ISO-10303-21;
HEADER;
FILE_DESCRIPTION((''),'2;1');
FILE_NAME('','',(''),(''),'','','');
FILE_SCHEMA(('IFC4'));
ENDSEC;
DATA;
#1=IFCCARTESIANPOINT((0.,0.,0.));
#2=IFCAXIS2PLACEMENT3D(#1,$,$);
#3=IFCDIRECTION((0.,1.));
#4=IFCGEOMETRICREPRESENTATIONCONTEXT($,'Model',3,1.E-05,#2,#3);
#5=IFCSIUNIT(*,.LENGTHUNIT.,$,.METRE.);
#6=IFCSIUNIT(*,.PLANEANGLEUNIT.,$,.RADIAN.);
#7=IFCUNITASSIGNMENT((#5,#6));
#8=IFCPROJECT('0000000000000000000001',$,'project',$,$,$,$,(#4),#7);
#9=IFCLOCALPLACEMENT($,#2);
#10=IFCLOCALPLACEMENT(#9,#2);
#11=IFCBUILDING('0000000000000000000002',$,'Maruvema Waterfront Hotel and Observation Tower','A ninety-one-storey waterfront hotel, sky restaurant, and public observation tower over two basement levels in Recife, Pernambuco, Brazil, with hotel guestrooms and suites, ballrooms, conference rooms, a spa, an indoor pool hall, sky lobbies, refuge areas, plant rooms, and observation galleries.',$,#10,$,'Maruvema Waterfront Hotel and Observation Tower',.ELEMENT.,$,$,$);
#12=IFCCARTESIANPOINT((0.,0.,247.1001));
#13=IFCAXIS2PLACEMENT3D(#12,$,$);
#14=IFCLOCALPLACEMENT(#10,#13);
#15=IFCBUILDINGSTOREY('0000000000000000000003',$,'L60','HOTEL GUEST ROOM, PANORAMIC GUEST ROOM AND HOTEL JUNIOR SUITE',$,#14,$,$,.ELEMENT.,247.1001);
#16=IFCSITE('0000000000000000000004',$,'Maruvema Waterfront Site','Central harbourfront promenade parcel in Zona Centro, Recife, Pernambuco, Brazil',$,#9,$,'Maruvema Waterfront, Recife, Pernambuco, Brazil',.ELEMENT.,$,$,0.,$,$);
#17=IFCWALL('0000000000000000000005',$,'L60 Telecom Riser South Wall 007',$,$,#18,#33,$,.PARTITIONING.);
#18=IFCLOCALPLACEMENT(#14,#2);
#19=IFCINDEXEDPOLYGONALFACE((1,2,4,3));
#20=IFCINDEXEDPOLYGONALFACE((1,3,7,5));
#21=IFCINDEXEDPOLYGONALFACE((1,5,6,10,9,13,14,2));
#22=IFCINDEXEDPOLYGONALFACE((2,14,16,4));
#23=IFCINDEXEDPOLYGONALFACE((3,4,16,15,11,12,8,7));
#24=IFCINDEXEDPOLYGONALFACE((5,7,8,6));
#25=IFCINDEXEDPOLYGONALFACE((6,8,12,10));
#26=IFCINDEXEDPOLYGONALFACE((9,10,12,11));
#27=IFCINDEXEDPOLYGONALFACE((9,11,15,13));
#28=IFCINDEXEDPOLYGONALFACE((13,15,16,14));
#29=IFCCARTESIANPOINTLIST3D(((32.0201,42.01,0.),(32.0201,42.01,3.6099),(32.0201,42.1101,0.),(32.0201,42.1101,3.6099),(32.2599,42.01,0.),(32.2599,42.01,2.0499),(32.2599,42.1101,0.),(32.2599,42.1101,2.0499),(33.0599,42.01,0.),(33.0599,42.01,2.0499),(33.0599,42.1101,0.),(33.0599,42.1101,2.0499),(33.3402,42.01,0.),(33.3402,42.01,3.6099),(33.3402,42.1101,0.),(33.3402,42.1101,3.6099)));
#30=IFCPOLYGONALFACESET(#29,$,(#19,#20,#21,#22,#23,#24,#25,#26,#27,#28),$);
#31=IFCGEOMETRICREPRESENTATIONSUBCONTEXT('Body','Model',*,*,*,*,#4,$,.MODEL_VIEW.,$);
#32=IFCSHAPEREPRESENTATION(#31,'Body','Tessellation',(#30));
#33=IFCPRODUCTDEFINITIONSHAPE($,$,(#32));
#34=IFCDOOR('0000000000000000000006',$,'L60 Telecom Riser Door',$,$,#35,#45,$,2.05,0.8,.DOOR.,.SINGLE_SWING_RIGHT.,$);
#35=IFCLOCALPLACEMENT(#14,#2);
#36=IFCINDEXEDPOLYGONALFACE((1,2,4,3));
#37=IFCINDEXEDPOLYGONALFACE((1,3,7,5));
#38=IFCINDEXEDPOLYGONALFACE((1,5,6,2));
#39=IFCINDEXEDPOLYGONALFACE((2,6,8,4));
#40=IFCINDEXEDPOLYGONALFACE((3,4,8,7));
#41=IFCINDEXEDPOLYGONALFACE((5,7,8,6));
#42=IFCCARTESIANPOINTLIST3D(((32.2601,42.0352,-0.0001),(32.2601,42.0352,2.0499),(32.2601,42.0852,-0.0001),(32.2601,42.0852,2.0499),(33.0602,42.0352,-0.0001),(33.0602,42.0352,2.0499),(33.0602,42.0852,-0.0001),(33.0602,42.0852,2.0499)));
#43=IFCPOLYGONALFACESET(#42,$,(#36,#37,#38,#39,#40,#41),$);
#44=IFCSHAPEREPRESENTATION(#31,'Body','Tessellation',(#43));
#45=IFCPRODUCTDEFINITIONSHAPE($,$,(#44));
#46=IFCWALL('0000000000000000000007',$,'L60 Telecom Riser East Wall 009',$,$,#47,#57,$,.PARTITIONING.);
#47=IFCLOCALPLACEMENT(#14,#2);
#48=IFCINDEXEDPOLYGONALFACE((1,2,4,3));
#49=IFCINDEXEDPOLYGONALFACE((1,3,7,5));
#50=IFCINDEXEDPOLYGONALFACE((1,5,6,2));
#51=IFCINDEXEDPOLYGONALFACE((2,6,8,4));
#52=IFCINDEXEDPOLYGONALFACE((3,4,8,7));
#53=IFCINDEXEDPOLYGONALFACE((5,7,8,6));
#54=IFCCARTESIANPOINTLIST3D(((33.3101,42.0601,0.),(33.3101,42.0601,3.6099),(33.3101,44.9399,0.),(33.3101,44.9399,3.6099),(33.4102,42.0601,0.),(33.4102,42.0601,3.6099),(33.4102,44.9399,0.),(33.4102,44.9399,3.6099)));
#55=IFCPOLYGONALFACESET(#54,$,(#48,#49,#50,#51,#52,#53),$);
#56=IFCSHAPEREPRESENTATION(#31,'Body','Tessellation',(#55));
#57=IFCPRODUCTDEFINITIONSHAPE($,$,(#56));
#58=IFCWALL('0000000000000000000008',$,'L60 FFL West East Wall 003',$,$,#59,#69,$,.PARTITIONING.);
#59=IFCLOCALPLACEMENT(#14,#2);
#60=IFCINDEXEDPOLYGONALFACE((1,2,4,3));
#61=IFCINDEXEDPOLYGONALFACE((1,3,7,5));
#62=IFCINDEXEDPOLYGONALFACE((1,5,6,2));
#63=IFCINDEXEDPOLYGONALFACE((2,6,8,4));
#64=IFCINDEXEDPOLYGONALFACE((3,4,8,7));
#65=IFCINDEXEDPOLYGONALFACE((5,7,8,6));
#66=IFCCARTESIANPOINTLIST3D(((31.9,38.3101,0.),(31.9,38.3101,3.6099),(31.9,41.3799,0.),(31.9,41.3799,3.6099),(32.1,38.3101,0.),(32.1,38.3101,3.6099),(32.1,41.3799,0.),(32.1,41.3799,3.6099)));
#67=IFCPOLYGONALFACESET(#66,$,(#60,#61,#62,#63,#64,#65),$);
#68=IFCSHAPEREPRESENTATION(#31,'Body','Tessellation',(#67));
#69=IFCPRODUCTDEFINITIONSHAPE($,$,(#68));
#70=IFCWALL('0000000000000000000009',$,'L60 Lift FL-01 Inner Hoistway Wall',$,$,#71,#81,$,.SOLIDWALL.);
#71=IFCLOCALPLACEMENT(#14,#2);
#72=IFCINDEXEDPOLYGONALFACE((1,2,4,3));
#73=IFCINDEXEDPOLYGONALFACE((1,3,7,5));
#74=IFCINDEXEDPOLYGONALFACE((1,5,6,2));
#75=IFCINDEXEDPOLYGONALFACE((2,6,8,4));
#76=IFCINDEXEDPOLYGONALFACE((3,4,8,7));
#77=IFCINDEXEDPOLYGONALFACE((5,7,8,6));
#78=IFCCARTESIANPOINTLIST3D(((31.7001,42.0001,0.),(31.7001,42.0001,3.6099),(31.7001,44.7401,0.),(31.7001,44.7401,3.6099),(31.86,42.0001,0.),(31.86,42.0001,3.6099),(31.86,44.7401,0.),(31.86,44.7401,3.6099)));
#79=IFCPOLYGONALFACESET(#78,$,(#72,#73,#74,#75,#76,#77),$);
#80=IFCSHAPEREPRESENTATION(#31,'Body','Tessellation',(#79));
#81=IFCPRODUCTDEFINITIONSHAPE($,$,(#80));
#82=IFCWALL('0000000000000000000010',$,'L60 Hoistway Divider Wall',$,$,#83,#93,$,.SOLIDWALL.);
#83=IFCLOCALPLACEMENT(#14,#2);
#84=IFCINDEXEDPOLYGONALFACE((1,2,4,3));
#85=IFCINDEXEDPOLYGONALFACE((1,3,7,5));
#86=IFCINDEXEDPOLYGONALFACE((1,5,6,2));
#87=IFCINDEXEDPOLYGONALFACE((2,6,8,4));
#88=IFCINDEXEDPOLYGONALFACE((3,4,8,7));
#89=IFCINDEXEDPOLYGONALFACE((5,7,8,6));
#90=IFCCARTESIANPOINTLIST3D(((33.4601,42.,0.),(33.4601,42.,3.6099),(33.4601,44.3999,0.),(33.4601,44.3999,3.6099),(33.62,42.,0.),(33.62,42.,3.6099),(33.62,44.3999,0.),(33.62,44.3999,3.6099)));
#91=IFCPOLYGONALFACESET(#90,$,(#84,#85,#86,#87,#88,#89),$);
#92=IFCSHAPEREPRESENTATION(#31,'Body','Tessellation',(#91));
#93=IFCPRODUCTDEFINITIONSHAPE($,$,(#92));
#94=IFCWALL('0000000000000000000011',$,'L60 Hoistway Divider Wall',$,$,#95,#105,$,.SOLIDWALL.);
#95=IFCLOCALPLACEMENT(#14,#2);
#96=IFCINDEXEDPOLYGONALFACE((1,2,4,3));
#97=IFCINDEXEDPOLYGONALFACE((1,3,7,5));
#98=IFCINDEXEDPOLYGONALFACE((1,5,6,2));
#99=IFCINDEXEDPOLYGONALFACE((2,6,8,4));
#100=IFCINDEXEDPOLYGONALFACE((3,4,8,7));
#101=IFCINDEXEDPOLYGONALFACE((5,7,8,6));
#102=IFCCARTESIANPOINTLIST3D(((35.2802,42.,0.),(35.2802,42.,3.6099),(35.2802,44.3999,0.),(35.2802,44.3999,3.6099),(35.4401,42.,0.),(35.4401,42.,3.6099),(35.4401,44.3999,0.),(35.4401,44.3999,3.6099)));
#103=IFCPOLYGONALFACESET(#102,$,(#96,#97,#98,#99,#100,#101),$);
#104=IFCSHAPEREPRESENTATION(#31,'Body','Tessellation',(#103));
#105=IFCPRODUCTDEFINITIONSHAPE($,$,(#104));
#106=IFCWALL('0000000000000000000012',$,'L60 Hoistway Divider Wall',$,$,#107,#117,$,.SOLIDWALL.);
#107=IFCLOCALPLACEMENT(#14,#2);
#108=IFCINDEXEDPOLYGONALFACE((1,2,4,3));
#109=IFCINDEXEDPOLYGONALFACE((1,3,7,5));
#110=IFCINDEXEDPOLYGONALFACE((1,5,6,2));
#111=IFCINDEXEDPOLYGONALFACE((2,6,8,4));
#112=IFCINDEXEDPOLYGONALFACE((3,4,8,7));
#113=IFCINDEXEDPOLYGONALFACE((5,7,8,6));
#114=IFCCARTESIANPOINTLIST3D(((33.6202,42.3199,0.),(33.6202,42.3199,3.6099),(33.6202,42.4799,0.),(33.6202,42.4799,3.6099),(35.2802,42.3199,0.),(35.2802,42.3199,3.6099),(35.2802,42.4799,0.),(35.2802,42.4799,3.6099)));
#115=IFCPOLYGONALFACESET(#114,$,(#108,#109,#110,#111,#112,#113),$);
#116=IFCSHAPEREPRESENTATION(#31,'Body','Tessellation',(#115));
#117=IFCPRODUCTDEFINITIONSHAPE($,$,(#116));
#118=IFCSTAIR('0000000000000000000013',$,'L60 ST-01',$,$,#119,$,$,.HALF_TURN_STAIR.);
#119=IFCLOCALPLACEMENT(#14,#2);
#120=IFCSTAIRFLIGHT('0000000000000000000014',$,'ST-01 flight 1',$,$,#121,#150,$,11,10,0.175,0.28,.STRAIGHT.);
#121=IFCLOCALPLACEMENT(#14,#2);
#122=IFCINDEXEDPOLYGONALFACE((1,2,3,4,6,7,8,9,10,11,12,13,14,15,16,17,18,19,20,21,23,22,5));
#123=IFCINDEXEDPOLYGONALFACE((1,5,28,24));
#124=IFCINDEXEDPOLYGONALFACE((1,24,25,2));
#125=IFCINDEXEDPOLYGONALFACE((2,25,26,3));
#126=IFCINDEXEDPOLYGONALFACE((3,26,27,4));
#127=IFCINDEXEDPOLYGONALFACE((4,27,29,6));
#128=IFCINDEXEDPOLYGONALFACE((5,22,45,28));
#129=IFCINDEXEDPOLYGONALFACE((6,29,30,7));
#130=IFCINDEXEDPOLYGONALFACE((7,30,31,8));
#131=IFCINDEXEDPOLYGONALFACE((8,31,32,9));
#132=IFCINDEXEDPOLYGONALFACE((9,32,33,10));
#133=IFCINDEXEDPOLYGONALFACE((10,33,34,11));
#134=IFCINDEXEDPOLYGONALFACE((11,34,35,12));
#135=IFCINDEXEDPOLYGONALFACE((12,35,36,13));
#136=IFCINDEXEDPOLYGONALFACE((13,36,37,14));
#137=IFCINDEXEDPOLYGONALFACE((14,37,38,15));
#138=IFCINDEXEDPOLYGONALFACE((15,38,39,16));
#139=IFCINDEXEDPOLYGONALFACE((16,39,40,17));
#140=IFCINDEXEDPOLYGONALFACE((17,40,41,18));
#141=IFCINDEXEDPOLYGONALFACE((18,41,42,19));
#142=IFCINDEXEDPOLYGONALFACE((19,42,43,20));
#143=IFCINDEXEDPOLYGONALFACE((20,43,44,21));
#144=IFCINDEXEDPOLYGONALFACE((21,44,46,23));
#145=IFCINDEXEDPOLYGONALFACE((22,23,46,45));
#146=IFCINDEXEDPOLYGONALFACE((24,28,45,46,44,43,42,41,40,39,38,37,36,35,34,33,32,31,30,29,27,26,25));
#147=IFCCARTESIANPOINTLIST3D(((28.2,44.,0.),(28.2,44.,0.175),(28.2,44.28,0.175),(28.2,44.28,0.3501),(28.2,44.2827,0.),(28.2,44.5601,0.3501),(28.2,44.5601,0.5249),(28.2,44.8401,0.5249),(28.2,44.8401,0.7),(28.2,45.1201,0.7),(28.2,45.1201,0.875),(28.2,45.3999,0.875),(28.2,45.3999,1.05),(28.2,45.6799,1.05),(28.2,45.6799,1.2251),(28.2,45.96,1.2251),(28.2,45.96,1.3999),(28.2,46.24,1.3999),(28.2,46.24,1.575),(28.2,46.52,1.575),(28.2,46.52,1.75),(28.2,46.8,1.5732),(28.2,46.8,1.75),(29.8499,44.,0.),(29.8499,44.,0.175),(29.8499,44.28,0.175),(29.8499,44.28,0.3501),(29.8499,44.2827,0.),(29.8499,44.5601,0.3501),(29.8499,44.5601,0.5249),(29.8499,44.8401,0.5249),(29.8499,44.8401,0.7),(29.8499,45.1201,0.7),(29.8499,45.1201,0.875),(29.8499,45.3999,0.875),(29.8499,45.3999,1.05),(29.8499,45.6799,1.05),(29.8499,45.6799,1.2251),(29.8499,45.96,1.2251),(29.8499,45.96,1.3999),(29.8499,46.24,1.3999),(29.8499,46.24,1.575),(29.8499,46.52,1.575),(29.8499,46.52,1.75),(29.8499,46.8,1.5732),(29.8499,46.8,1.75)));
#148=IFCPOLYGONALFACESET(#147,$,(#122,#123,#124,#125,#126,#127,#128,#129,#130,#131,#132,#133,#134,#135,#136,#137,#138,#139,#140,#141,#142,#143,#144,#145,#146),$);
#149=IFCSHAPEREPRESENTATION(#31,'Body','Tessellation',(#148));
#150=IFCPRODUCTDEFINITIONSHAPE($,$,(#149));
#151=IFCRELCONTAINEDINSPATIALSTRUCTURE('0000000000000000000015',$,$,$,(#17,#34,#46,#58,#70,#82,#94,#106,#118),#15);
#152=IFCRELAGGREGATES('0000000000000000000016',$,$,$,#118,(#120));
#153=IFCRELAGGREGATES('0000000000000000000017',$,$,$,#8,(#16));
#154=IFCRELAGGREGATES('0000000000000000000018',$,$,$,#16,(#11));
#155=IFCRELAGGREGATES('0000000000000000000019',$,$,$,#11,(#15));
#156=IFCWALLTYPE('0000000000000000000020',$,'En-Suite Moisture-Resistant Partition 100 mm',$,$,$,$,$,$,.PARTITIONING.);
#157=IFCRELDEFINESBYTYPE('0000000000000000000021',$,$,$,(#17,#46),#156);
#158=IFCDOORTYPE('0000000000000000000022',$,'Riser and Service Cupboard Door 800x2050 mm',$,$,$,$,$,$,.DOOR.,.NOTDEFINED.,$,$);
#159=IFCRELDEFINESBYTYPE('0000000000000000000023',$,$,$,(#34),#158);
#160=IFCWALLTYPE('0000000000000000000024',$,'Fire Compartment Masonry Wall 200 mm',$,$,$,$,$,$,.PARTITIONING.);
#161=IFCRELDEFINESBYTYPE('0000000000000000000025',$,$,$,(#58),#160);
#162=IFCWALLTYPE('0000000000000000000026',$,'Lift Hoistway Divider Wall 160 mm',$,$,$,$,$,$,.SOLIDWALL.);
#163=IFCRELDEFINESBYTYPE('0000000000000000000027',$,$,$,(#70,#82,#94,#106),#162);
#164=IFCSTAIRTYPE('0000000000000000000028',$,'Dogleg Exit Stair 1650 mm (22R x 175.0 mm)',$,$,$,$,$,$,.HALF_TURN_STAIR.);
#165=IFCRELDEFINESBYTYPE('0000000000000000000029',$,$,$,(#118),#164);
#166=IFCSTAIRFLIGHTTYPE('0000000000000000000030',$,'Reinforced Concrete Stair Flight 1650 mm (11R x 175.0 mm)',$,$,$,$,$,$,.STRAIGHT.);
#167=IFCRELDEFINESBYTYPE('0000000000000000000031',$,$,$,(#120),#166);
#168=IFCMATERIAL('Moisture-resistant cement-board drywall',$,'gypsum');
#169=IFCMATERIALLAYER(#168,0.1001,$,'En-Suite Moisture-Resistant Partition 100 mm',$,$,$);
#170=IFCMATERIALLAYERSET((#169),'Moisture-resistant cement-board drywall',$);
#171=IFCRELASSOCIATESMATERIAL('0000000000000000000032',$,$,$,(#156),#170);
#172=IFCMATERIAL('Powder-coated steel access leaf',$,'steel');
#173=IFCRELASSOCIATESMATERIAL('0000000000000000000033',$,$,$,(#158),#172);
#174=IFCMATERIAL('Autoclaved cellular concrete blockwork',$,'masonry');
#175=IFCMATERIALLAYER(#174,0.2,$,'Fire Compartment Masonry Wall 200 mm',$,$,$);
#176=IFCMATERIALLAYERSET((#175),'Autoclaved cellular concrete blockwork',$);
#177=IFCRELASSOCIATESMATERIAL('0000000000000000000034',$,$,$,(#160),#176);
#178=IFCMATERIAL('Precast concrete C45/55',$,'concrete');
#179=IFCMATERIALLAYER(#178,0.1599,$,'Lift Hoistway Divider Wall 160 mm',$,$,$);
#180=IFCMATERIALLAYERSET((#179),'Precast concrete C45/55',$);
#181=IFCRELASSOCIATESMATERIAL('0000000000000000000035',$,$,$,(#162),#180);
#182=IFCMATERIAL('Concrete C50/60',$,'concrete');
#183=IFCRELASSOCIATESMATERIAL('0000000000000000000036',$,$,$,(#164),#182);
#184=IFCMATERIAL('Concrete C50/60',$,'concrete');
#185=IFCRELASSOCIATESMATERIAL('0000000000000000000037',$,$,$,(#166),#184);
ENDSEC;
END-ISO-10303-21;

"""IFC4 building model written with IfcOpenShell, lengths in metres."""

from ifc_helpers import new_model, si_unit, direction, frame, frame_2d, origin, place, context, subcontext, project, spatial, polyline, rectangle, outline, extrude, material, layer, layer_set, type_object, element, fill, aggregate, save


model = new_model("IFC4")

# Units and contexts
model_context = context("Model", 3, precision=1e-05, world=origin(), true_north=direction((0.0, 1.0)))
body_context = subcontext(model_context, "Body", "Model", "MODEL_VIEW")
ifc_project = project(units=[si_unit("LENGTHUNIT", "METRE"), si_unit("PLANEANGLEUNIT", "RADIAN")], contexts=[model_context])

# Site, building, storey
site_placement = place(None, origin())
site = spatial("IfcSite", under=ifc_project, at=site_placement, Name="Maruvema Waterfront Site", Description="Central harbourfront promenade parcel in Zona Centro, Recife, Pernambuco, Brazil", LongName="Maruvema Waterfront, Recife, Pernambuco, Brazil", CompositionType="ELEMENT", RefElevation=0.0)
building_placement = place(site_placement, origin())
building = spatial("IfcBuilding", under=site, at=building_placement, Name="Maruvema Waterfront Hotel and Observation Tower", Description="A ninety-one-storey waterfront hotel, sky restaurant, and public observation tower over two basement levels in Recife, Pernambuco, Brazil, with hotel guestrooms and suites, ballrooms, conference rooms, a spa, an indoor pool hall, sky lobbies, refuge areas, plant rooms, and observation galleries.", LongName="Maruvema Waterfront Hotel and Observation Tower", CompositionType="ELEMENT")
storey_placement = place(building_placement, frame((0.0, 0.0, 247.1001)))
storey = spatial("IfcBuildingStorey", under=building, at=storey_placement, Name="L60", Description="HOTEL GUEST ROOM, PANORAMIC GUEST ROOM AND HOTEL JUNIOR SUITE", CompositionType="ELEMENT", Elevation=247.1001)

# Wall, opening, door
ifc_material_1 = material(Name="Moisture-resistant cement-board drywall", Category="gypsum")
ifc_layer_1 = layer(ifc_material_1, 0.1001, Name="En-Suite Moisture-Resistant Partition 100 mm")
ifc_layer_set_1 = layer_set([ifc_layer_1], Name="Moisture-resistant cement-board drywall")
wall_type_1 = type_object("IfcWallType", Name="En-Suite Moisture-Resistant Partition 100 mm", PredefinedType="PARTITIONING", material=ifc_layer_set_1)
wall_1_placement = place(storey_placement, frame((32.02, 42.0601, 0.0), z_axis=(0.0, 0.0, 1.0), x_axis=(1.0, 0.0, 0.0)))
wall_1 = element("IfcWall", 1, at=wall_1_placement, inside=storey, type_object=wall_type_1, Name="L60 Telecom Riser South Wall 007", PredefinedType="PARTITIONING", context=body_context, shape_type="SweptSolid", body=[
    extrude(rectangle(XDim=1.3201, YDim=0.1001, at=frame_2d((0.6602, 0.0))), origin(), (0.0, 0.0, 1.0), 3.6099),
])
opening_1_placement = place(wall_1_placement, frame((0.24, 0.0, 0.0)))
opening_1 = element("IfcOpeningElement", 2, at=opening_1_placement, cuts=wall_1, PredefinedType="OPENING", context=body_context, shape_type="SweptSolid", body=[
    extrude(rectangle(XDim=0.8, YDim=2.05, at=frame_2d((0.3999, 1.0249))), frame((0.0, 0.0601, 0.0), z_axis=(0.0, -1.0, 0.0), x_axis=(1.0, 0.0, 0.0)), (0.0, 0.0, 1.0), 0.1201),
])
ifc_material_2 = material(Name="Powder-coated steel access leaf", Category="steel")
door_type_1 = type_object("IfcDoorType", Name="Riser and Service Cupboard Door 800x2050 mm", OperationType="NOTDEFINED", PredefinedType="DOOR", material=ifc_material_2)
door_1_placement = place(opening_1_placement, frame((0.8, 0.0, 0.0), z_axis=(0.0, 0.0, 1.0), x_axis=(-1.0, 0.0, 0.0)))
door_1 = element("IfcDoor", 3, at=door_1_placement, inside=storey, type_object=door_type_1, Name="L60 Telecom Riser Door", OperationType="SINGLE_SWING_RIGHT", OverallHeight=2.05, OverallWidth=0.8, PredefinedType="DOOR", context=body_context, shape_type="SweptSolid", body=[
    extrude(rectangle(XDim=0.8, YDim=2.05, at=frame_2d((0.3999, 1.0249))), frame((0.0, 0.0249, 0.0), z_axis=(0.0, -1.0, 0.0), x_axis=(1.0, 0.0, 0.0)), (0.0, 0.0, 1.0), 0.05),
])
fill(opening_1, door_1)

# Walls
wall_2_placement = place(storey_placement, frame((33.3601, 42.0601, 0.0), z_axis=(0.0, 0.0, 1.0), x_axis=(0.0, 1.0, 0.0)))
element("IfcWall", 4, at=wall_2_placement, inside=storey, type_object=wall_type_1, Name="L60 Telecom Riser East Wall 009", PredefinedType="PARTITIONING", context=body_context, shape_type="SweptSolid", body=[
    extrude(rectangle(XDim=2.8799, YDim=0.1001, at=frame_2d((1.4399, 0.0))), origin(), (0.0, 0.0, 1.0), 3.6099),
])
ifc_material_3 = material(Name="Autoclaved cellular concrete blockwork", Category="masonry")
ifc_layer_2 = layer(ifc_material_3, 0.2, Name="Fire Compartment Masonry Wall 200 mm")
ifc_layer_set_2 = layer_set([ifc_layer_2], Name="Autoclaved cellular concrete blockwork")
wall_type_2 = type_object("IfcWallType", Name="Fire Compartment Masonry Wall 200 mm", PredefinedType="PARTITIONING", material=ifc_layer_set_2)
wall_3_placement = place(storey_placement, frame((32.0, 38.3101, 0.0), z_axis=(0.0, 0.0, 1.0), x_axis=(0.0, 1.0, 0.0)))
element("IfcWall", 5, at=wall_3_placement, inside=storey, type_object=wall_type_2, Name="L60 FFL West East Wall 003", PredefinedType="PARTITIONING", context=body_context, shape_type="SweptSolid", body=[
    extrude(rectangle(XDim=3.0698, YDim=0.2, at=frame_2d((1.5349, 0.0))), origin(), (0.0, 0.0, 1.0), 3.6099),
])
ifc_material_4 = material(Name="Precast concrete C45/55", Category="concrete")
ifc_layer_3 = layer(ifc_material_4, 0.1599, Name="Lift Hoistway Divider Wall 160 mm")
ifc_layer_set_3 = layer_set([ifc_layer_3], Name="Precast concrete C45/55")
wall_type_3 = type_object("IfcWallType", Name="Lift Hoistway Divider Wall 160 mm", PredefinedType="SOLIDWALL", material=ifc_layer_set_3)
wall_4_placement = place(storey_placement, frame((31.78, 42.0, 0.0), z_axis=(0.0, 0.0, 1.0), x_axis=(0.0, 1.0, 0.0)))
element("IfcWall", 6, at=wall_4_placement, inside=storey, type_object=wall_type_3, Name="L60 Lift FL-01 Inner Hoistway Wall", PredefinedType="SOLIDWALL", context=body_context, shape_type="SweptSolid", body=[
    extrude(rectangle(XDim=2.74, YDim=0.1599, at=frame_2d((1.3701, 0.0))), origin(), (0.0, 0.0, 1.0), 3.6099),
])
for number, where, z_axis, x_axis, name in (
    (7, (33.54, 42.0, 0.0), (0.0, 0.0, 1.0), (0.0, 1.0, 0.0), "L60 Hoistway Divider Wall"),
    (8, (35.3601, 42.0, 0.0), (0.0, 0.0, 1.0), (0.0, 1.0, 0.0), "L60 Hoistway Divider Wall"),
):
    element("IfcWall", number, at=place(storey_placement, frame(where, z_axis=z_axis, x_axis=x_axis)), inside=storey, type_object=wall_type_3, Name=name, PredefinedType="SOLIDWALL", context=body_context, shape_type="SweptSolid", body=[
        extrude(rectangle(XDim=2.3999, YDim=0.1599, at=frame_2d((1.2, 0.0))), origin(), (0.0, 0.0, 1.0), 3.6099),
    ])
wall_5_placement = place(storey_placement, frame((33.6201, 42.3999, 0.0), z_axis=(0.0, 0.0, 1.0), x_axis=(1.0, 0.0, 0.0)))
element("IfcWall", 9, at=wall_5_placement, inside=storey, type_object=wall_type_3, Name="L60 Hoistway Divider Wall", PredefinedType="SOLIDWALL", context=body_context, shape_type="SweptSolid", body=[
    extrude(rectangle(XDim=1.6599, YDim=0.1599, at=frame_2d((0.8301, 0.0))), origin(), (0.0, 0.0, 1.0), 3.6099),
])

# Stair, stair flight
ifc_material_5 = material(Name="Concrete C50/60", Category="concrete")
stair_type = type_object("IfcStairType", Name="Dogleg Exit Stair 1650 mm (22R x 175.0 mm)", PredefinedType="HALF_TURN_STAIR", material=ifc_material_5)
stair_placement = place(storey_placement, origin())
stair = element("IfcStair", 10, at=stair_placement, inside=storey, type_object=stair_type, Name="L60 ST-01", PredefinedType="HALF_TURN_STAIR")
ifc_material_6 = material(Name="Concrete C50/60", Category="concrete")
stair_flight_type = type_object("IfcStairFlightType", Name="Reinforced Concrete Stair Flight 1650 mm (11R x 175.0 mm)", PredefinedType="STRAIGHT", material=ifc_material_6)
stair_flight_placement = place(storey_placement, frame((29.0249, 44.0, 0.0), z_axis=(0.0, 0.0, 1.0), x_axis=(0.0, 1.0, 0.0)))
stair_flight = element("IfcStairFlight", 11, at=stair_flight_placement, type_object=stair_flight_type, Name="ST-01 flight 1", NumberOfRisers=11, NumberOfTreads=10, PredefinedType="STRAIGHT", RiserHeight=0.175, TreadLength=0.28, context=body_context, shape_type="SweptSolid", body=[
    extrude(outline(polyline([(0.0, 0.0), (0.0, 0.175), (0.28, 0.175), (0.28, 0.3501), (0.5601, 0.3501), (0.5601, 0.5249), (0.8401, 0.5249), (0.8401, 0.7), (1.1201, 0.7), (1.1201, 0.875), (1.3999, 0.875), (1.3999, 1.05), (1.6799, 1.05), (1.6799, 1.2251), (1.96, 1.2251), (1.96, 1.3999), (2.24, 1.3999), (2.24, 1.575), (2.52, 1.575), (2.52, 1.75), (2.8, 1.75), (2.8, 1.925), (2.8, 1.5732), (0.2827, 0.0), (0.0, 0.0)])), frame((0.0, 0.825, 0.0), z_axis=(0.0, -1.0, 0.0), x_axis=(1.0, 0.0, 0.0)), (0.0, 0.0, 1.0), 1.6499),
])
aggregate(stair, [stair_flight])

save(model, "model.ifc")
